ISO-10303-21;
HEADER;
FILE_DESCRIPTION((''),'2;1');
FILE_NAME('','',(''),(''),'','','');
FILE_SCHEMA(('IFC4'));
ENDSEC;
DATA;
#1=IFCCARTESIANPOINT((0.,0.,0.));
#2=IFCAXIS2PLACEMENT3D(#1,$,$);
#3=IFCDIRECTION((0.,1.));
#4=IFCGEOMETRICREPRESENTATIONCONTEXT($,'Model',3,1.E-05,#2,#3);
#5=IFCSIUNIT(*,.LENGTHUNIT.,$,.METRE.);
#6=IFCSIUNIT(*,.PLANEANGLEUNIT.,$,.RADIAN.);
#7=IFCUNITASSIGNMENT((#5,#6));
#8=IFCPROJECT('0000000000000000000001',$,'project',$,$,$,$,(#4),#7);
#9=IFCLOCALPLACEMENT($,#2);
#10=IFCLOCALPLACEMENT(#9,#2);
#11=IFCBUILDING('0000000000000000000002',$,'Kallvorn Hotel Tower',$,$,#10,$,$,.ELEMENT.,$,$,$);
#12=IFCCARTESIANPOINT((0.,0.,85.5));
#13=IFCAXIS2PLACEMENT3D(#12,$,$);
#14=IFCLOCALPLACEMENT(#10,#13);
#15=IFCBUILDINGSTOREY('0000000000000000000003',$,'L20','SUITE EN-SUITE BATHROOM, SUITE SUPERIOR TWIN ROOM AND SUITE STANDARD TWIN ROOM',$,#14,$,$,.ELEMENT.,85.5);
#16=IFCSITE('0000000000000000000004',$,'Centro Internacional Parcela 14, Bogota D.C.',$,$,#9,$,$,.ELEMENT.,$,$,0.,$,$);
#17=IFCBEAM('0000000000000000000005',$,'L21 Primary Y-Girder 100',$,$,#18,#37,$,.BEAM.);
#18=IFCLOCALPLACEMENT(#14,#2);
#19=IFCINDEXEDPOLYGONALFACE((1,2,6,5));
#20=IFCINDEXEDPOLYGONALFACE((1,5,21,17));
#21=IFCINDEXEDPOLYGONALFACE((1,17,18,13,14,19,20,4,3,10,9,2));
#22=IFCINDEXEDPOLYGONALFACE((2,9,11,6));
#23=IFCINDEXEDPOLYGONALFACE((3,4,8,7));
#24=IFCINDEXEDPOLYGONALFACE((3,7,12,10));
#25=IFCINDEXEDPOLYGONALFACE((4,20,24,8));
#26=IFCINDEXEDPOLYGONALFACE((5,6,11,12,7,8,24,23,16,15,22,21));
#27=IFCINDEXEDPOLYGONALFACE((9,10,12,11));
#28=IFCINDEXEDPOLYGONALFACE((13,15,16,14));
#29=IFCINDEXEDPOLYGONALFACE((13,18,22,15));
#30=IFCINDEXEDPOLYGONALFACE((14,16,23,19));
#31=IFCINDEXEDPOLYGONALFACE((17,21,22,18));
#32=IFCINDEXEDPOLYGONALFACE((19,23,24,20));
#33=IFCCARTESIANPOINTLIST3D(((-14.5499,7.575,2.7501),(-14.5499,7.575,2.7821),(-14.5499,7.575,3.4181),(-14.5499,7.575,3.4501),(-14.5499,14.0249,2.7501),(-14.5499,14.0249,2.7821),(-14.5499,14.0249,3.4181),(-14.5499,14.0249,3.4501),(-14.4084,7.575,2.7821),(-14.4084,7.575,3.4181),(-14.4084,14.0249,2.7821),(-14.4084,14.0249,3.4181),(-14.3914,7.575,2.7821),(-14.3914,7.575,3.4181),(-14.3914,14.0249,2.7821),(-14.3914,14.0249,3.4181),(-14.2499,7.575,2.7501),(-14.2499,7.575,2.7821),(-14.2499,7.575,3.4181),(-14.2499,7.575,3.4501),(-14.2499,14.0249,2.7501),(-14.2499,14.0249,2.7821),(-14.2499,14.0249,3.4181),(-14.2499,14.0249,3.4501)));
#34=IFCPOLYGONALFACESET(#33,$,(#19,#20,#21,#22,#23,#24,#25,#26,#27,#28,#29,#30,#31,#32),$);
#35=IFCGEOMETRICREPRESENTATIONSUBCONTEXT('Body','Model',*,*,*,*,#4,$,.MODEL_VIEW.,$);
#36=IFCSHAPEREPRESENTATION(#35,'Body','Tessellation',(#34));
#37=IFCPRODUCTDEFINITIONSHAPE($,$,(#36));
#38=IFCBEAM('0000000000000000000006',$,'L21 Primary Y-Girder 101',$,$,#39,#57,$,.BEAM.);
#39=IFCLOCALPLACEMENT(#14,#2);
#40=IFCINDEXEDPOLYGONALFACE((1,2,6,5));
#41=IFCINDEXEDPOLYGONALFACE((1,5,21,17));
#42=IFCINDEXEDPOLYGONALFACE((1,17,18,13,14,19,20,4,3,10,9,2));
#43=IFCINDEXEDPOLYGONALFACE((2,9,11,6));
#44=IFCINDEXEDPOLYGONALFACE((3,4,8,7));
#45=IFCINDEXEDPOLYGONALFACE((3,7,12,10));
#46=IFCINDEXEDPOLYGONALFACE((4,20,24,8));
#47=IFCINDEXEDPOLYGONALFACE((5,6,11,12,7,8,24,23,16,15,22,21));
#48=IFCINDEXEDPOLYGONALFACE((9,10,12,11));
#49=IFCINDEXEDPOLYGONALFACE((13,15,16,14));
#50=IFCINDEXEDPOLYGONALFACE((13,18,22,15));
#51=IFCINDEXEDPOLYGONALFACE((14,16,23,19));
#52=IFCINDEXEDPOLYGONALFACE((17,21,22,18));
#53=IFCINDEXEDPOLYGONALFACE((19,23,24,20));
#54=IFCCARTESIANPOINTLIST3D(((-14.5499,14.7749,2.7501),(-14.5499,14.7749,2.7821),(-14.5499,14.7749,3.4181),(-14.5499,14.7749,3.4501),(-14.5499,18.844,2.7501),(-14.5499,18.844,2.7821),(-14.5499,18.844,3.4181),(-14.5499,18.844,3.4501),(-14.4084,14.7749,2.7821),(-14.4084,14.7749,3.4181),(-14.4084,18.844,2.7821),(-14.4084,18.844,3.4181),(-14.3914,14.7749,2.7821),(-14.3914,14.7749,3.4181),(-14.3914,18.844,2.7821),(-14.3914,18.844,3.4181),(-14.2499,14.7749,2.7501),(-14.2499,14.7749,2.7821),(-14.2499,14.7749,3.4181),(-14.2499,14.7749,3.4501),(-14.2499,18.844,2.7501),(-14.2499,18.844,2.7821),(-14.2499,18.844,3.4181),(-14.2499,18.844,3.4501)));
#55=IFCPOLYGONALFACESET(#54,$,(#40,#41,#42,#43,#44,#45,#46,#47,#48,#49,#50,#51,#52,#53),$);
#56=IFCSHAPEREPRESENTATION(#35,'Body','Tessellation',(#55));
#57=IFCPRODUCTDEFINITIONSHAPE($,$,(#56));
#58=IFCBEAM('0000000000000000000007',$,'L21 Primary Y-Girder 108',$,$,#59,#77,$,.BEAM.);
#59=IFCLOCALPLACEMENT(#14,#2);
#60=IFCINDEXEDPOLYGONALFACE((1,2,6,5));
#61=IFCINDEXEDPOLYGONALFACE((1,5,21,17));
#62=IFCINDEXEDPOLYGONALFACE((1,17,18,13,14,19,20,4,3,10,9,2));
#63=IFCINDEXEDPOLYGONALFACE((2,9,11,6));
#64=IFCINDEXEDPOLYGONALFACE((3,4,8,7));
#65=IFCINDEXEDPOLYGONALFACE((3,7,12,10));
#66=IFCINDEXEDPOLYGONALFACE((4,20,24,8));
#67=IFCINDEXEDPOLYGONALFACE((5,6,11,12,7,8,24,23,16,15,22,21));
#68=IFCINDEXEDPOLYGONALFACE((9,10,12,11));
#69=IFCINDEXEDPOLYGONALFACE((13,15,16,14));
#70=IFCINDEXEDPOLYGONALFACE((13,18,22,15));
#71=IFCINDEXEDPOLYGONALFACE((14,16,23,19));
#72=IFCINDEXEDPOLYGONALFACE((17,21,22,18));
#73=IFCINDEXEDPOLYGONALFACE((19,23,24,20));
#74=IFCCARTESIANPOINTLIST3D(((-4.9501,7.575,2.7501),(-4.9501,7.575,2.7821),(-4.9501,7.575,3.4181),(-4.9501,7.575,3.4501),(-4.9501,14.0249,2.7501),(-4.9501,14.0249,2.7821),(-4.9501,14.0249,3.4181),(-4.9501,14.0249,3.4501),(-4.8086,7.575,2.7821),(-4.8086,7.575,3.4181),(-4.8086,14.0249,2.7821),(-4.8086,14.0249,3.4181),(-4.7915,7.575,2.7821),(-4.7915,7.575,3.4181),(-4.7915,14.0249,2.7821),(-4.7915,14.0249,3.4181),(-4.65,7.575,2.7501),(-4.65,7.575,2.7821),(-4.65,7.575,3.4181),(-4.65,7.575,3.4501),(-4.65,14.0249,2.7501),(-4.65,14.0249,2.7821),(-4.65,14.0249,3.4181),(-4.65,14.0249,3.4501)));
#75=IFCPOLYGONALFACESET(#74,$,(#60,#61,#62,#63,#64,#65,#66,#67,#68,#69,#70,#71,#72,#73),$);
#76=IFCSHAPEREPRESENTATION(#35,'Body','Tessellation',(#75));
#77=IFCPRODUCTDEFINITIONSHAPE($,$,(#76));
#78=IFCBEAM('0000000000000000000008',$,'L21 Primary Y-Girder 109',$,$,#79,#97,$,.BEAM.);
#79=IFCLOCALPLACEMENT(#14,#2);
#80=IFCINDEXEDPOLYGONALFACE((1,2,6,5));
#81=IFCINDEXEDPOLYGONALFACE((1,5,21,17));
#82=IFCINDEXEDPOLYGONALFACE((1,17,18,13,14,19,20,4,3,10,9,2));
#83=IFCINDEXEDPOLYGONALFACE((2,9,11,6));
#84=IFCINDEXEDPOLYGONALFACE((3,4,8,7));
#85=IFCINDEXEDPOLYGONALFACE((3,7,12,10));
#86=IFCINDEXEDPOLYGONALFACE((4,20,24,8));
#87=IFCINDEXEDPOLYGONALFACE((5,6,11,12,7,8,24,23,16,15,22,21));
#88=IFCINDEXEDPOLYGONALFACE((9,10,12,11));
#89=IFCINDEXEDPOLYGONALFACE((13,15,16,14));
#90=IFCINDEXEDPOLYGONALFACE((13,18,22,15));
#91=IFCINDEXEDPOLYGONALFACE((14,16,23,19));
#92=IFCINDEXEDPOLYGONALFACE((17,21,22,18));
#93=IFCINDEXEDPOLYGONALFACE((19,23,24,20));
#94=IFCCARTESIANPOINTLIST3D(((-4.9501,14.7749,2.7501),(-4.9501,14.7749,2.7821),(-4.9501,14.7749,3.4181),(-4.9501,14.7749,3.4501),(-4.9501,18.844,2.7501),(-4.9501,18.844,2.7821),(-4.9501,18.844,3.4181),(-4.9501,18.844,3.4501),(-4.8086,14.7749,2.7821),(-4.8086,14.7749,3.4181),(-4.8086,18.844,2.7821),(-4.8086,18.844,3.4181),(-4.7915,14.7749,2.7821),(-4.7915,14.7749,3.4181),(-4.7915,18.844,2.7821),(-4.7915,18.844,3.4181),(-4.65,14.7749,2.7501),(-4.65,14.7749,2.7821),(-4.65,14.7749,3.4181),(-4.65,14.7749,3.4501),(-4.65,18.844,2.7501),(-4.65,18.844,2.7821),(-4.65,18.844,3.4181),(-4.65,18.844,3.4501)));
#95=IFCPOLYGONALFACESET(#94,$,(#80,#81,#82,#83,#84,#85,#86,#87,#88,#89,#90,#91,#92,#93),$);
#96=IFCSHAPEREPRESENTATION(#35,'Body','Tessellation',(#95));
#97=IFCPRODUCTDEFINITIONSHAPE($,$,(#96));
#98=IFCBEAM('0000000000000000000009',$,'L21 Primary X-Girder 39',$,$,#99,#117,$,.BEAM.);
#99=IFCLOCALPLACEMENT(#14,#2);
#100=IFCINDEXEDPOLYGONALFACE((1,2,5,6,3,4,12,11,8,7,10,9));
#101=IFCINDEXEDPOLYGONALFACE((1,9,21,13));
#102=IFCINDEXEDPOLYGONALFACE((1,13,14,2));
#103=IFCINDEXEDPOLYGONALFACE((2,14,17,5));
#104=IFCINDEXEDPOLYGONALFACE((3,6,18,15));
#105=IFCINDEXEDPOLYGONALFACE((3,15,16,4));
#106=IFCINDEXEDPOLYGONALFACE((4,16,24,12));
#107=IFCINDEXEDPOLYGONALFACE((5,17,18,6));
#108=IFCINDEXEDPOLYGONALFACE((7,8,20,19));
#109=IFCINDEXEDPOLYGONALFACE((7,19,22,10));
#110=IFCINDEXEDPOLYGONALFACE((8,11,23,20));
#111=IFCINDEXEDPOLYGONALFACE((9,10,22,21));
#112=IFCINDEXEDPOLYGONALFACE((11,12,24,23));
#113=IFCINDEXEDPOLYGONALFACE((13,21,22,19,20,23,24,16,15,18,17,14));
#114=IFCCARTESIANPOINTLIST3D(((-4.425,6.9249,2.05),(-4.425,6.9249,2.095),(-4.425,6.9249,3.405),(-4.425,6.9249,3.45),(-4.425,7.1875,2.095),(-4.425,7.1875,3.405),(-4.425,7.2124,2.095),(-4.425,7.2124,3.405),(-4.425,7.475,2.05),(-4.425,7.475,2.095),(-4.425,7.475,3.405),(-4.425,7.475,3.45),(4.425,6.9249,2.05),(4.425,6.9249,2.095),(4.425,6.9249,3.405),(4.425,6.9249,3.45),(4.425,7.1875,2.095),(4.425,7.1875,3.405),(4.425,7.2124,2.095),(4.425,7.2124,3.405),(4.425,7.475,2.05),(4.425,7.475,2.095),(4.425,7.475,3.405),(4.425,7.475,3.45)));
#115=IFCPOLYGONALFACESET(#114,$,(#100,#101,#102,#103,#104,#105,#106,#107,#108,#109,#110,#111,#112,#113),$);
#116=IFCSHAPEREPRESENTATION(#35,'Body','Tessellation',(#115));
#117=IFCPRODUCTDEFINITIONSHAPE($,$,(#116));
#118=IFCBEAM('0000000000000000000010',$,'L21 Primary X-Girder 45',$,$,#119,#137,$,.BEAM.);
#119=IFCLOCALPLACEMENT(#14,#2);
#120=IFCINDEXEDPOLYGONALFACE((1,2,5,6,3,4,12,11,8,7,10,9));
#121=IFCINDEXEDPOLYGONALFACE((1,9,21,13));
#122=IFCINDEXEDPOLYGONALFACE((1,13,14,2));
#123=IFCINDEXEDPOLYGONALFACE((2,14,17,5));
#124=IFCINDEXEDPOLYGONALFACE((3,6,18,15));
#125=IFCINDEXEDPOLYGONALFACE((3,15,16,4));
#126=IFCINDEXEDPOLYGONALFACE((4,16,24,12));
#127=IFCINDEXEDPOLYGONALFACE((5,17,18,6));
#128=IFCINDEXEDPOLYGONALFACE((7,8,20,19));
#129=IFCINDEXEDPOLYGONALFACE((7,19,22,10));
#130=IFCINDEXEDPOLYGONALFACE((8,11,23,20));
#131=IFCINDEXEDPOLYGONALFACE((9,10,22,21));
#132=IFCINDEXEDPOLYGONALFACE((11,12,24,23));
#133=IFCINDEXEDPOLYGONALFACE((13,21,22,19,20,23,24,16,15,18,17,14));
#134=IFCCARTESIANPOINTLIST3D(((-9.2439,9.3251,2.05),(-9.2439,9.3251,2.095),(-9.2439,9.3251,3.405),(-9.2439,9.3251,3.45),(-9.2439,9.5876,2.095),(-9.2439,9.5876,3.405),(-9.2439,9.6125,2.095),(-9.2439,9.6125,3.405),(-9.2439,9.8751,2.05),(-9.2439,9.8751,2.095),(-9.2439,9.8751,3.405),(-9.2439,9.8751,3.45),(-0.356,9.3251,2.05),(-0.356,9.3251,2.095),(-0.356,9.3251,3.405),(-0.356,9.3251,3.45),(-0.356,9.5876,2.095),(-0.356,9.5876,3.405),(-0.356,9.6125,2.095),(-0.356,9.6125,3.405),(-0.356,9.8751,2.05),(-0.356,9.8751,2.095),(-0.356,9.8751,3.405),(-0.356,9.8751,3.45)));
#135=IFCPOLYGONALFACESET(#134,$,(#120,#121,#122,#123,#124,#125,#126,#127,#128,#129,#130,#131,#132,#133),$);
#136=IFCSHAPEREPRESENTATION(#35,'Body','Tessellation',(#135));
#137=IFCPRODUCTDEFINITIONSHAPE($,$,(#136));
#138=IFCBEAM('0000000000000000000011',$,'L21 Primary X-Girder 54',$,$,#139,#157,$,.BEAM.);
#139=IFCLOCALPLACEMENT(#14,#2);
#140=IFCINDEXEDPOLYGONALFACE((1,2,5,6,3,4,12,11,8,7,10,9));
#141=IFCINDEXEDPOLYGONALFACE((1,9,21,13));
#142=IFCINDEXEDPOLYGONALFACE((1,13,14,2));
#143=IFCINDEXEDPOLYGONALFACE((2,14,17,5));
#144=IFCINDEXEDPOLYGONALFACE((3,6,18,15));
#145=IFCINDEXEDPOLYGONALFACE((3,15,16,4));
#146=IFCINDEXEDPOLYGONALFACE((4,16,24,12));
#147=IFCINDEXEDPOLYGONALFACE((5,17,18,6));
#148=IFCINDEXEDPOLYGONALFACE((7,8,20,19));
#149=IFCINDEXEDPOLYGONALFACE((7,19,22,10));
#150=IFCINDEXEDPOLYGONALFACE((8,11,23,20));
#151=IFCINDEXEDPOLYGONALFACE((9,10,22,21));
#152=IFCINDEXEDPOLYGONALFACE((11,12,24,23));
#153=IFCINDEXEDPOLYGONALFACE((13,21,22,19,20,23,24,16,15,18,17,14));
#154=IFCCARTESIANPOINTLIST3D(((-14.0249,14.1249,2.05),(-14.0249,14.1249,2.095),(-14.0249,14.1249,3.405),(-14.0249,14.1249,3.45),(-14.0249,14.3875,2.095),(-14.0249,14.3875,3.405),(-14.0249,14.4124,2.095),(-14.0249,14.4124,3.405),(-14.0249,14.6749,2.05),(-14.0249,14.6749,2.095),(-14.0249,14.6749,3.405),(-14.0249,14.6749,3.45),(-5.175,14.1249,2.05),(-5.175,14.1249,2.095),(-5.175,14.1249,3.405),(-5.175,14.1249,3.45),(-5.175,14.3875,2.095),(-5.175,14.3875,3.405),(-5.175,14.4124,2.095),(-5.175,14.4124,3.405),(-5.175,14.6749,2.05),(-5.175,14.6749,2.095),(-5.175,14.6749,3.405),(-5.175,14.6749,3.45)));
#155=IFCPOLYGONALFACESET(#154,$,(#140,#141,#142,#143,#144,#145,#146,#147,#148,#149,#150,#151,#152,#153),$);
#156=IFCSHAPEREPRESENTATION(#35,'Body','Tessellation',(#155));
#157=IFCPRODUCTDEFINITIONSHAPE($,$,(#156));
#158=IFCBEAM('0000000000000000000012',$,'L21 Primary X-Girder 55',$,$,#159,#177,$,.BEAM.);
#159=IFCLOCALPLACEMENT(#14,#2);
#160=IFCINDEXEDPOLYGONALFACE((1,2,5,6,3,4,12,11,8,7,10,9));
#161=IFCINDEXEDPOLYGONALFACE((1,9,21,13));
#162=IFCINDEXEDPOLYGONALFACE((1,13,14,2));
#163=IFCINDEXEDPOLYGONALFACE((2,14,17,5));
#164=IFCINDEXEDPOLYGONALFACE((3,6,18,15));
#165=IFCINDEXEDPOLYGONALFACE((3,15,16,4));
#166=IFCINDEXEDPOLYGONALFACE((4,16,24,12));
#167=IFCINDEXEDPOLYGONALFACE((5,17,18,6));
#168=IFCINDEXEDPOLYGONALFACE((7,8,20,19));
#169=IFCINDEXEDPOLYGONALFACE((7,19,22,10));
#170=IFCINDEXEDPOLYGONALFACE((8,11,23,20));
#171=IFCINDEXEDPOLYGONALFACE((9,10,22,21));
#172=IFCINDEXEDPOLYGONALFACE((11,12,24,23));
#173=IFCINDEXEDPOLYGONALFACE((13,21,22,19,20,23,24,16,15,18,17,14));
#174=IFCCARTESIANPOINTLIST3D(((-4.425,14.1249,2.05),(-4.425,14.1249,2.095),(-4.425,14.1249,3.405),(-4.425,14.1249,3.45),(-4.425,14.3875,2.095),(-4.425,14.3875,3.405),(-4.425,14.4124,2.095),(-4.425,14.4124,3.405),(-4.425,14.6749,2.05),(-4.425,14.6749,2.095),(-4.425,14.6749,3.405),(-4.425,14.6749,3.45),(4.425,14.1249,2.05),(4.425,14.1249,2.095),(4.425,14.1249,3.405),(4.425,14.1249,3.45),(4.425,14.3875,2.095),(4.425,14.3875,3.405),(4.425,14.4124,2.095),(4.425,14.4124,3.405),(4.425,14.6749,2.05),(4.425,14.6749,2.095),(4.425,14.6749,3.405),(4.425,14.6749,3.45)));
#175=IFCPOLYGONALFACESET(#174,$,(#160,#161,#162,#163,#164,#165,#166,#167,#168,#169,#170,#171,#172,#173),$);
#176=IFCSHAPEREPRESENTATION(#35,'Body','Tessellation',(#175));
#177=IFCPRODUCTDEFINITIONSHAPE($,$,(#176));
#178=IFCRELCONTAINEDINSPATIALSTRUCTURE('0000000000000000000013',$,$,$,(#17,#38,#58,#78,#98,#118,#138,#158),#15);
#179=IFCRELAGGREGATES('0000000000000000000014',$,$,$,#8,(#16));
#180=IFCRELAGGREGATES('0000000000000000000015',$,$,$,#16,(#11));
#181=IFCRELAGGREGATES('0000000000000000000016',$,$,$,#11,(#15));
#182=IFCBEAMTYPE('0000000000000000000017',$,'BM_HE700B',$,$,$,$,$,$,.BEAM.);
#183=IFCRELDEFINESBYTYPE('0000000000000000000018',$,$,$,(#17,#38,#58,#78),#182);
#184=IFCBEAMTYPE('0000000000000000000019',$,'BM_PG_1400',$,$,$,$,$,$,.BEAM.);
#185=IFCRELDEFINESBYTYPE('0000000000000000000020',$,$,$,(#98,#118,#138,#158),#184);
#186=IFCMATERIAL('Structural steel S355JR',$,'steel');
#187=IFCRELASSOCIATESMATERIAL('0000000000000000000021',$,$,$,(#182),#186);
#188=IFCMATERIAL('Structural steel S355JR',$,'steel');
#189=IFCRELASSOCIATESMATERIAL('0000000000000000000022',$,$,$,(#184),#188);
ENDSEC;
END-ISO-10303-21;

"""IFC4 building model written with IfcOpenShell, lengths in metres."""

from ifc_helpers import new_model, si_unit, direction, frame, origin, origin_2d, place, context, subcontext, project, spatial, i_section, extrude, material, material_profile, profile_set, type_object, element, save


model = new_model("IFC4")

# Units and contexts
model_context = context("Model", 3, precision=1e-05, world=origin(), true_north=direction((0.0, 1.0)))
body_context = subcontext(model_context, "Body", "Model", "MODEL_VIEW")
ifc_project = project(units=[si_unit("LENGTHUNIT", "METRE"), si_unit("PLANEANGLEUNIT", "RADIAN")], contexts=[model_context])

# Site, building, storey
site_placement = place(None, origin())
site = spatial("IfcSite", under=ifc_project, at=site_placement, Name="Centro Internacional Parcela 14, Bogota D.C.", CompositionType="ELEMENT", RefElevation=0.0)
building_placement = place(site_placement, origin())
building = spatial("IfcBuilding", under=site, at=building_placement, Name="Kallvorn Hotel Tower", CompositionType="ELEMENT")
storey_placement = place(building_placement, frame((0.0, 0.0, 85.5)))
storey = spatial("IfcBuildingStorey", under=building, at=storey_placement, Name="L20", Description="SUITE EN-SUITE BATHROOM, SUITE SUPERIOR TWIN ROOM AND SUITE STANDARD TWIN ROOM", CompositionType="ELEMENT", Elevation=85.5)

# Beams
ifc_material_1 = material(Name="Structural steel S355JR", Category="steel")
ifc_material_profile_1 = material_profile(ifc_material_1, i_section(OverallWidth=0.3, OverallDepth=0.7, WebThickness=0.0171, FlangeThickness=0.032, at=origin_2d()), Name="HE 700 B")
ifc_profile_set_1 = profile_set([ifc_material_profile_1], Name="Structural steel S355JR")
beam_type_1 = type_object("IfcBeamType", Name="BM_HE700B", PredefinedType="BEAM", material=ifc_profile_set_1)
beam_1_placement = place(storey_placement, frame((-14.3999, 7.575, 3.1001), z_axis=(0.0, 1.0, 0.0), x_axis=(-1.0, 0.0, 0.0)))
element("IfcBeam", 1, at=beam_1_placement, inside=storey, type_object=beam_type_1, Name="L21 Primary Y-Girder 100", PredefinedType="BEAM", context=body_context, shape_type="SweptSolid", body=[
    extrude(i_section(OverallWidth=0.3, OverallDepth=0.7, WebThickness=0.0171, FlangeThickness=0.032, at=origin_2d()), origin(), (0.0, 0.0, 1.0), 6.45),
])
beam_2_placement = place(storey_placement, frame((-14.3999, 14.7749, 3.1001), z_axis=(0.0, 1.0, 0.0), x_axis=(-1.0, 0.0, 0.0)))
element("IfcBeam", 2, at=beam_2_placement, inside=storey, type_object=beam_type_1, Name="L21 Primary Y-Girder 101", PredefinedType="BEAM", context=body_context, shape_type="SweptSolid", body=[
    extrude(i_section(OverallWidth=0.3, OverallDepth=0.7, WebThickness=0.0171, FlangeThickness=0.032, at=origin_2d()), origin(), (0.0, 0.0, 1.0), 4.0691),
])
beam_3_placement = place(storey_placement, frame((-4.8, 7.575, 3.1001), z_axis=(0.0, 1.0, 0.0), x_axis=(-1.0, 0.0, 0.0)))
element("IfcBeam", 3, at=beam_3_placement, inside=storey, type_object=beam_type_1, Name="L21 Primary Y-Girder 108", PredefinedType="BEAM", context=body_context, shape_type="SweptSolid", body=[
    extrude(i_section(OverallWidth=0.3, OverallDepth=0.7, WebThickness=0.0171, FlangeThickness=0.032, at=origin_2d()), origin(), (0.0, 0.0, 1.0), 6.45),
])
beam_4_placement = place(storey_placement, frame((-4.8, 14.7749, 3.1001), z_axis=(0.0, 1.0, 0.0), x_axis=(-1.0, 0.0, 0.0)))
element("IfcBeam", 4, at=beam_4_placement, inside=storey, type_object=beam_type_1, Name="L21 Primary Y-Girder 109", PredefinedType="BEAM", context=body_context, shape_type="SweptSolid", body=[
    extrude(i_section(OverallWidth=0.3, OverallDepth=0.7, WebThickness=0.0171, FlangeThickness=0.032, at=origin_2d()), origin(), (0.0, 0.0, 1.0), 4.0691),
])
ifc_material_2 = material(Name="Structural steel S355JR", Category="steel")
ifc_material_profile_2 = material_profile(ifc_material_2, i_section(OverallWidth=0.55, OverallDepth=1.3999, WebThickness=0.0249, FlangeThickness=0.0449, at=origin_2d()), Name="PG 1400x550x25x45")
ifc_profile_set_2 = profile_set([ifc_material_profile_2], Name="Structural steel S355JR")
beam_type_2 = type_object("IfcBeamType", Name="BM_PG_1400", PredefinedType="BEAM", material=ifc_profile_set_2)
beam_5_placement = place(storey_placement, frame((-4.425, 7.2, 2.75), z_axis=(1.0, 0.0, 0.0), x_axis=(0.0, 1.0, 0.0)))
element("IfcBeam", 5, at=beam_5_placement, inside=storey, type_object=beam_type_2, Name="L21 Primary X-Girder 39", PredefinedType="BEAM", context=body_context, shape_type="SweptSolid", body=[
    extrude(i_section(OverallWidth=0.55, OverallDepth=1.3999, WebThickness=0.0249, FlangeThickness=0.0449, at=origin_2d()), origin(), (0.0, 0.0, 1.0), 8.8501),
])
beam_6_placement = place(storey_placement, frame((-9.2439, 9.6001, 2.75), z_axis=(1.0, 0.0, 0.0), x_axis=(0.0, 1.0, 0.0)))
element("IfcBeam", 6, at=beam_6_placement, inside=storey, type_object=beam_type_2, Name="L21 Primary X-Girder 45", PredefinedType="BEAM", context=body_context, shape_type="SweptSolid", body=[
    extrude(i_section(OverallWidth=0.55, OverallDepth=1.3999, WebThickness=0.0249, FlangeThickness=0.0449, at=origin_2d()), origin(), (0.0, 0.0, 1.0), 8.8879),
])
beam_7_placement = place(storey_placement, frame((-14.0249, 14.3999, 2.75), z_axis=(1.0, 0.0, 0.0), x_axis=(0.0, 1.0, 0.0)))
element("IfcBeam", 7, at=beam_7_placement, inside=storey, type_object=beam_type_2, Name="L21 Primary X-Girder 54", PredefinedType="BEAM", context=body_context, shape_type="SweptSolid", body=[
    extrude(i_section(OverallWidth=0.55, OverallDepth=1.3999, WebThickness=0.0249, FlangeThickness=0.0449, at=origin_2d()), origin(), (0.0, 0.0, 1.0), 8.8499),
])
beam_8_placement = place(storey_placement, frame((-4.425, 14.3999, 2.75), z_axis=(1.0, 0.0, 0.0), x_axis=(0.0, 1.0, 0.0)))
element("IfcBeam", 8, at=beam_8_placement, inside=storey, type_object=beam_type_2, Name="L21 Primary X-Girder 55", PredefinedType="BEAM", context=body_context, shape_type="SweptSolid", body=[
    extrude(i_section(OverallWidth=0.55, OverallDepth=1.3999, WebThickness=0.0249, FlangeThickness=0.0449, at=origin_2d()), origin(), (0.0, 0.0, 1.0), 8.8501),
])

save(model, "model.ifc")
